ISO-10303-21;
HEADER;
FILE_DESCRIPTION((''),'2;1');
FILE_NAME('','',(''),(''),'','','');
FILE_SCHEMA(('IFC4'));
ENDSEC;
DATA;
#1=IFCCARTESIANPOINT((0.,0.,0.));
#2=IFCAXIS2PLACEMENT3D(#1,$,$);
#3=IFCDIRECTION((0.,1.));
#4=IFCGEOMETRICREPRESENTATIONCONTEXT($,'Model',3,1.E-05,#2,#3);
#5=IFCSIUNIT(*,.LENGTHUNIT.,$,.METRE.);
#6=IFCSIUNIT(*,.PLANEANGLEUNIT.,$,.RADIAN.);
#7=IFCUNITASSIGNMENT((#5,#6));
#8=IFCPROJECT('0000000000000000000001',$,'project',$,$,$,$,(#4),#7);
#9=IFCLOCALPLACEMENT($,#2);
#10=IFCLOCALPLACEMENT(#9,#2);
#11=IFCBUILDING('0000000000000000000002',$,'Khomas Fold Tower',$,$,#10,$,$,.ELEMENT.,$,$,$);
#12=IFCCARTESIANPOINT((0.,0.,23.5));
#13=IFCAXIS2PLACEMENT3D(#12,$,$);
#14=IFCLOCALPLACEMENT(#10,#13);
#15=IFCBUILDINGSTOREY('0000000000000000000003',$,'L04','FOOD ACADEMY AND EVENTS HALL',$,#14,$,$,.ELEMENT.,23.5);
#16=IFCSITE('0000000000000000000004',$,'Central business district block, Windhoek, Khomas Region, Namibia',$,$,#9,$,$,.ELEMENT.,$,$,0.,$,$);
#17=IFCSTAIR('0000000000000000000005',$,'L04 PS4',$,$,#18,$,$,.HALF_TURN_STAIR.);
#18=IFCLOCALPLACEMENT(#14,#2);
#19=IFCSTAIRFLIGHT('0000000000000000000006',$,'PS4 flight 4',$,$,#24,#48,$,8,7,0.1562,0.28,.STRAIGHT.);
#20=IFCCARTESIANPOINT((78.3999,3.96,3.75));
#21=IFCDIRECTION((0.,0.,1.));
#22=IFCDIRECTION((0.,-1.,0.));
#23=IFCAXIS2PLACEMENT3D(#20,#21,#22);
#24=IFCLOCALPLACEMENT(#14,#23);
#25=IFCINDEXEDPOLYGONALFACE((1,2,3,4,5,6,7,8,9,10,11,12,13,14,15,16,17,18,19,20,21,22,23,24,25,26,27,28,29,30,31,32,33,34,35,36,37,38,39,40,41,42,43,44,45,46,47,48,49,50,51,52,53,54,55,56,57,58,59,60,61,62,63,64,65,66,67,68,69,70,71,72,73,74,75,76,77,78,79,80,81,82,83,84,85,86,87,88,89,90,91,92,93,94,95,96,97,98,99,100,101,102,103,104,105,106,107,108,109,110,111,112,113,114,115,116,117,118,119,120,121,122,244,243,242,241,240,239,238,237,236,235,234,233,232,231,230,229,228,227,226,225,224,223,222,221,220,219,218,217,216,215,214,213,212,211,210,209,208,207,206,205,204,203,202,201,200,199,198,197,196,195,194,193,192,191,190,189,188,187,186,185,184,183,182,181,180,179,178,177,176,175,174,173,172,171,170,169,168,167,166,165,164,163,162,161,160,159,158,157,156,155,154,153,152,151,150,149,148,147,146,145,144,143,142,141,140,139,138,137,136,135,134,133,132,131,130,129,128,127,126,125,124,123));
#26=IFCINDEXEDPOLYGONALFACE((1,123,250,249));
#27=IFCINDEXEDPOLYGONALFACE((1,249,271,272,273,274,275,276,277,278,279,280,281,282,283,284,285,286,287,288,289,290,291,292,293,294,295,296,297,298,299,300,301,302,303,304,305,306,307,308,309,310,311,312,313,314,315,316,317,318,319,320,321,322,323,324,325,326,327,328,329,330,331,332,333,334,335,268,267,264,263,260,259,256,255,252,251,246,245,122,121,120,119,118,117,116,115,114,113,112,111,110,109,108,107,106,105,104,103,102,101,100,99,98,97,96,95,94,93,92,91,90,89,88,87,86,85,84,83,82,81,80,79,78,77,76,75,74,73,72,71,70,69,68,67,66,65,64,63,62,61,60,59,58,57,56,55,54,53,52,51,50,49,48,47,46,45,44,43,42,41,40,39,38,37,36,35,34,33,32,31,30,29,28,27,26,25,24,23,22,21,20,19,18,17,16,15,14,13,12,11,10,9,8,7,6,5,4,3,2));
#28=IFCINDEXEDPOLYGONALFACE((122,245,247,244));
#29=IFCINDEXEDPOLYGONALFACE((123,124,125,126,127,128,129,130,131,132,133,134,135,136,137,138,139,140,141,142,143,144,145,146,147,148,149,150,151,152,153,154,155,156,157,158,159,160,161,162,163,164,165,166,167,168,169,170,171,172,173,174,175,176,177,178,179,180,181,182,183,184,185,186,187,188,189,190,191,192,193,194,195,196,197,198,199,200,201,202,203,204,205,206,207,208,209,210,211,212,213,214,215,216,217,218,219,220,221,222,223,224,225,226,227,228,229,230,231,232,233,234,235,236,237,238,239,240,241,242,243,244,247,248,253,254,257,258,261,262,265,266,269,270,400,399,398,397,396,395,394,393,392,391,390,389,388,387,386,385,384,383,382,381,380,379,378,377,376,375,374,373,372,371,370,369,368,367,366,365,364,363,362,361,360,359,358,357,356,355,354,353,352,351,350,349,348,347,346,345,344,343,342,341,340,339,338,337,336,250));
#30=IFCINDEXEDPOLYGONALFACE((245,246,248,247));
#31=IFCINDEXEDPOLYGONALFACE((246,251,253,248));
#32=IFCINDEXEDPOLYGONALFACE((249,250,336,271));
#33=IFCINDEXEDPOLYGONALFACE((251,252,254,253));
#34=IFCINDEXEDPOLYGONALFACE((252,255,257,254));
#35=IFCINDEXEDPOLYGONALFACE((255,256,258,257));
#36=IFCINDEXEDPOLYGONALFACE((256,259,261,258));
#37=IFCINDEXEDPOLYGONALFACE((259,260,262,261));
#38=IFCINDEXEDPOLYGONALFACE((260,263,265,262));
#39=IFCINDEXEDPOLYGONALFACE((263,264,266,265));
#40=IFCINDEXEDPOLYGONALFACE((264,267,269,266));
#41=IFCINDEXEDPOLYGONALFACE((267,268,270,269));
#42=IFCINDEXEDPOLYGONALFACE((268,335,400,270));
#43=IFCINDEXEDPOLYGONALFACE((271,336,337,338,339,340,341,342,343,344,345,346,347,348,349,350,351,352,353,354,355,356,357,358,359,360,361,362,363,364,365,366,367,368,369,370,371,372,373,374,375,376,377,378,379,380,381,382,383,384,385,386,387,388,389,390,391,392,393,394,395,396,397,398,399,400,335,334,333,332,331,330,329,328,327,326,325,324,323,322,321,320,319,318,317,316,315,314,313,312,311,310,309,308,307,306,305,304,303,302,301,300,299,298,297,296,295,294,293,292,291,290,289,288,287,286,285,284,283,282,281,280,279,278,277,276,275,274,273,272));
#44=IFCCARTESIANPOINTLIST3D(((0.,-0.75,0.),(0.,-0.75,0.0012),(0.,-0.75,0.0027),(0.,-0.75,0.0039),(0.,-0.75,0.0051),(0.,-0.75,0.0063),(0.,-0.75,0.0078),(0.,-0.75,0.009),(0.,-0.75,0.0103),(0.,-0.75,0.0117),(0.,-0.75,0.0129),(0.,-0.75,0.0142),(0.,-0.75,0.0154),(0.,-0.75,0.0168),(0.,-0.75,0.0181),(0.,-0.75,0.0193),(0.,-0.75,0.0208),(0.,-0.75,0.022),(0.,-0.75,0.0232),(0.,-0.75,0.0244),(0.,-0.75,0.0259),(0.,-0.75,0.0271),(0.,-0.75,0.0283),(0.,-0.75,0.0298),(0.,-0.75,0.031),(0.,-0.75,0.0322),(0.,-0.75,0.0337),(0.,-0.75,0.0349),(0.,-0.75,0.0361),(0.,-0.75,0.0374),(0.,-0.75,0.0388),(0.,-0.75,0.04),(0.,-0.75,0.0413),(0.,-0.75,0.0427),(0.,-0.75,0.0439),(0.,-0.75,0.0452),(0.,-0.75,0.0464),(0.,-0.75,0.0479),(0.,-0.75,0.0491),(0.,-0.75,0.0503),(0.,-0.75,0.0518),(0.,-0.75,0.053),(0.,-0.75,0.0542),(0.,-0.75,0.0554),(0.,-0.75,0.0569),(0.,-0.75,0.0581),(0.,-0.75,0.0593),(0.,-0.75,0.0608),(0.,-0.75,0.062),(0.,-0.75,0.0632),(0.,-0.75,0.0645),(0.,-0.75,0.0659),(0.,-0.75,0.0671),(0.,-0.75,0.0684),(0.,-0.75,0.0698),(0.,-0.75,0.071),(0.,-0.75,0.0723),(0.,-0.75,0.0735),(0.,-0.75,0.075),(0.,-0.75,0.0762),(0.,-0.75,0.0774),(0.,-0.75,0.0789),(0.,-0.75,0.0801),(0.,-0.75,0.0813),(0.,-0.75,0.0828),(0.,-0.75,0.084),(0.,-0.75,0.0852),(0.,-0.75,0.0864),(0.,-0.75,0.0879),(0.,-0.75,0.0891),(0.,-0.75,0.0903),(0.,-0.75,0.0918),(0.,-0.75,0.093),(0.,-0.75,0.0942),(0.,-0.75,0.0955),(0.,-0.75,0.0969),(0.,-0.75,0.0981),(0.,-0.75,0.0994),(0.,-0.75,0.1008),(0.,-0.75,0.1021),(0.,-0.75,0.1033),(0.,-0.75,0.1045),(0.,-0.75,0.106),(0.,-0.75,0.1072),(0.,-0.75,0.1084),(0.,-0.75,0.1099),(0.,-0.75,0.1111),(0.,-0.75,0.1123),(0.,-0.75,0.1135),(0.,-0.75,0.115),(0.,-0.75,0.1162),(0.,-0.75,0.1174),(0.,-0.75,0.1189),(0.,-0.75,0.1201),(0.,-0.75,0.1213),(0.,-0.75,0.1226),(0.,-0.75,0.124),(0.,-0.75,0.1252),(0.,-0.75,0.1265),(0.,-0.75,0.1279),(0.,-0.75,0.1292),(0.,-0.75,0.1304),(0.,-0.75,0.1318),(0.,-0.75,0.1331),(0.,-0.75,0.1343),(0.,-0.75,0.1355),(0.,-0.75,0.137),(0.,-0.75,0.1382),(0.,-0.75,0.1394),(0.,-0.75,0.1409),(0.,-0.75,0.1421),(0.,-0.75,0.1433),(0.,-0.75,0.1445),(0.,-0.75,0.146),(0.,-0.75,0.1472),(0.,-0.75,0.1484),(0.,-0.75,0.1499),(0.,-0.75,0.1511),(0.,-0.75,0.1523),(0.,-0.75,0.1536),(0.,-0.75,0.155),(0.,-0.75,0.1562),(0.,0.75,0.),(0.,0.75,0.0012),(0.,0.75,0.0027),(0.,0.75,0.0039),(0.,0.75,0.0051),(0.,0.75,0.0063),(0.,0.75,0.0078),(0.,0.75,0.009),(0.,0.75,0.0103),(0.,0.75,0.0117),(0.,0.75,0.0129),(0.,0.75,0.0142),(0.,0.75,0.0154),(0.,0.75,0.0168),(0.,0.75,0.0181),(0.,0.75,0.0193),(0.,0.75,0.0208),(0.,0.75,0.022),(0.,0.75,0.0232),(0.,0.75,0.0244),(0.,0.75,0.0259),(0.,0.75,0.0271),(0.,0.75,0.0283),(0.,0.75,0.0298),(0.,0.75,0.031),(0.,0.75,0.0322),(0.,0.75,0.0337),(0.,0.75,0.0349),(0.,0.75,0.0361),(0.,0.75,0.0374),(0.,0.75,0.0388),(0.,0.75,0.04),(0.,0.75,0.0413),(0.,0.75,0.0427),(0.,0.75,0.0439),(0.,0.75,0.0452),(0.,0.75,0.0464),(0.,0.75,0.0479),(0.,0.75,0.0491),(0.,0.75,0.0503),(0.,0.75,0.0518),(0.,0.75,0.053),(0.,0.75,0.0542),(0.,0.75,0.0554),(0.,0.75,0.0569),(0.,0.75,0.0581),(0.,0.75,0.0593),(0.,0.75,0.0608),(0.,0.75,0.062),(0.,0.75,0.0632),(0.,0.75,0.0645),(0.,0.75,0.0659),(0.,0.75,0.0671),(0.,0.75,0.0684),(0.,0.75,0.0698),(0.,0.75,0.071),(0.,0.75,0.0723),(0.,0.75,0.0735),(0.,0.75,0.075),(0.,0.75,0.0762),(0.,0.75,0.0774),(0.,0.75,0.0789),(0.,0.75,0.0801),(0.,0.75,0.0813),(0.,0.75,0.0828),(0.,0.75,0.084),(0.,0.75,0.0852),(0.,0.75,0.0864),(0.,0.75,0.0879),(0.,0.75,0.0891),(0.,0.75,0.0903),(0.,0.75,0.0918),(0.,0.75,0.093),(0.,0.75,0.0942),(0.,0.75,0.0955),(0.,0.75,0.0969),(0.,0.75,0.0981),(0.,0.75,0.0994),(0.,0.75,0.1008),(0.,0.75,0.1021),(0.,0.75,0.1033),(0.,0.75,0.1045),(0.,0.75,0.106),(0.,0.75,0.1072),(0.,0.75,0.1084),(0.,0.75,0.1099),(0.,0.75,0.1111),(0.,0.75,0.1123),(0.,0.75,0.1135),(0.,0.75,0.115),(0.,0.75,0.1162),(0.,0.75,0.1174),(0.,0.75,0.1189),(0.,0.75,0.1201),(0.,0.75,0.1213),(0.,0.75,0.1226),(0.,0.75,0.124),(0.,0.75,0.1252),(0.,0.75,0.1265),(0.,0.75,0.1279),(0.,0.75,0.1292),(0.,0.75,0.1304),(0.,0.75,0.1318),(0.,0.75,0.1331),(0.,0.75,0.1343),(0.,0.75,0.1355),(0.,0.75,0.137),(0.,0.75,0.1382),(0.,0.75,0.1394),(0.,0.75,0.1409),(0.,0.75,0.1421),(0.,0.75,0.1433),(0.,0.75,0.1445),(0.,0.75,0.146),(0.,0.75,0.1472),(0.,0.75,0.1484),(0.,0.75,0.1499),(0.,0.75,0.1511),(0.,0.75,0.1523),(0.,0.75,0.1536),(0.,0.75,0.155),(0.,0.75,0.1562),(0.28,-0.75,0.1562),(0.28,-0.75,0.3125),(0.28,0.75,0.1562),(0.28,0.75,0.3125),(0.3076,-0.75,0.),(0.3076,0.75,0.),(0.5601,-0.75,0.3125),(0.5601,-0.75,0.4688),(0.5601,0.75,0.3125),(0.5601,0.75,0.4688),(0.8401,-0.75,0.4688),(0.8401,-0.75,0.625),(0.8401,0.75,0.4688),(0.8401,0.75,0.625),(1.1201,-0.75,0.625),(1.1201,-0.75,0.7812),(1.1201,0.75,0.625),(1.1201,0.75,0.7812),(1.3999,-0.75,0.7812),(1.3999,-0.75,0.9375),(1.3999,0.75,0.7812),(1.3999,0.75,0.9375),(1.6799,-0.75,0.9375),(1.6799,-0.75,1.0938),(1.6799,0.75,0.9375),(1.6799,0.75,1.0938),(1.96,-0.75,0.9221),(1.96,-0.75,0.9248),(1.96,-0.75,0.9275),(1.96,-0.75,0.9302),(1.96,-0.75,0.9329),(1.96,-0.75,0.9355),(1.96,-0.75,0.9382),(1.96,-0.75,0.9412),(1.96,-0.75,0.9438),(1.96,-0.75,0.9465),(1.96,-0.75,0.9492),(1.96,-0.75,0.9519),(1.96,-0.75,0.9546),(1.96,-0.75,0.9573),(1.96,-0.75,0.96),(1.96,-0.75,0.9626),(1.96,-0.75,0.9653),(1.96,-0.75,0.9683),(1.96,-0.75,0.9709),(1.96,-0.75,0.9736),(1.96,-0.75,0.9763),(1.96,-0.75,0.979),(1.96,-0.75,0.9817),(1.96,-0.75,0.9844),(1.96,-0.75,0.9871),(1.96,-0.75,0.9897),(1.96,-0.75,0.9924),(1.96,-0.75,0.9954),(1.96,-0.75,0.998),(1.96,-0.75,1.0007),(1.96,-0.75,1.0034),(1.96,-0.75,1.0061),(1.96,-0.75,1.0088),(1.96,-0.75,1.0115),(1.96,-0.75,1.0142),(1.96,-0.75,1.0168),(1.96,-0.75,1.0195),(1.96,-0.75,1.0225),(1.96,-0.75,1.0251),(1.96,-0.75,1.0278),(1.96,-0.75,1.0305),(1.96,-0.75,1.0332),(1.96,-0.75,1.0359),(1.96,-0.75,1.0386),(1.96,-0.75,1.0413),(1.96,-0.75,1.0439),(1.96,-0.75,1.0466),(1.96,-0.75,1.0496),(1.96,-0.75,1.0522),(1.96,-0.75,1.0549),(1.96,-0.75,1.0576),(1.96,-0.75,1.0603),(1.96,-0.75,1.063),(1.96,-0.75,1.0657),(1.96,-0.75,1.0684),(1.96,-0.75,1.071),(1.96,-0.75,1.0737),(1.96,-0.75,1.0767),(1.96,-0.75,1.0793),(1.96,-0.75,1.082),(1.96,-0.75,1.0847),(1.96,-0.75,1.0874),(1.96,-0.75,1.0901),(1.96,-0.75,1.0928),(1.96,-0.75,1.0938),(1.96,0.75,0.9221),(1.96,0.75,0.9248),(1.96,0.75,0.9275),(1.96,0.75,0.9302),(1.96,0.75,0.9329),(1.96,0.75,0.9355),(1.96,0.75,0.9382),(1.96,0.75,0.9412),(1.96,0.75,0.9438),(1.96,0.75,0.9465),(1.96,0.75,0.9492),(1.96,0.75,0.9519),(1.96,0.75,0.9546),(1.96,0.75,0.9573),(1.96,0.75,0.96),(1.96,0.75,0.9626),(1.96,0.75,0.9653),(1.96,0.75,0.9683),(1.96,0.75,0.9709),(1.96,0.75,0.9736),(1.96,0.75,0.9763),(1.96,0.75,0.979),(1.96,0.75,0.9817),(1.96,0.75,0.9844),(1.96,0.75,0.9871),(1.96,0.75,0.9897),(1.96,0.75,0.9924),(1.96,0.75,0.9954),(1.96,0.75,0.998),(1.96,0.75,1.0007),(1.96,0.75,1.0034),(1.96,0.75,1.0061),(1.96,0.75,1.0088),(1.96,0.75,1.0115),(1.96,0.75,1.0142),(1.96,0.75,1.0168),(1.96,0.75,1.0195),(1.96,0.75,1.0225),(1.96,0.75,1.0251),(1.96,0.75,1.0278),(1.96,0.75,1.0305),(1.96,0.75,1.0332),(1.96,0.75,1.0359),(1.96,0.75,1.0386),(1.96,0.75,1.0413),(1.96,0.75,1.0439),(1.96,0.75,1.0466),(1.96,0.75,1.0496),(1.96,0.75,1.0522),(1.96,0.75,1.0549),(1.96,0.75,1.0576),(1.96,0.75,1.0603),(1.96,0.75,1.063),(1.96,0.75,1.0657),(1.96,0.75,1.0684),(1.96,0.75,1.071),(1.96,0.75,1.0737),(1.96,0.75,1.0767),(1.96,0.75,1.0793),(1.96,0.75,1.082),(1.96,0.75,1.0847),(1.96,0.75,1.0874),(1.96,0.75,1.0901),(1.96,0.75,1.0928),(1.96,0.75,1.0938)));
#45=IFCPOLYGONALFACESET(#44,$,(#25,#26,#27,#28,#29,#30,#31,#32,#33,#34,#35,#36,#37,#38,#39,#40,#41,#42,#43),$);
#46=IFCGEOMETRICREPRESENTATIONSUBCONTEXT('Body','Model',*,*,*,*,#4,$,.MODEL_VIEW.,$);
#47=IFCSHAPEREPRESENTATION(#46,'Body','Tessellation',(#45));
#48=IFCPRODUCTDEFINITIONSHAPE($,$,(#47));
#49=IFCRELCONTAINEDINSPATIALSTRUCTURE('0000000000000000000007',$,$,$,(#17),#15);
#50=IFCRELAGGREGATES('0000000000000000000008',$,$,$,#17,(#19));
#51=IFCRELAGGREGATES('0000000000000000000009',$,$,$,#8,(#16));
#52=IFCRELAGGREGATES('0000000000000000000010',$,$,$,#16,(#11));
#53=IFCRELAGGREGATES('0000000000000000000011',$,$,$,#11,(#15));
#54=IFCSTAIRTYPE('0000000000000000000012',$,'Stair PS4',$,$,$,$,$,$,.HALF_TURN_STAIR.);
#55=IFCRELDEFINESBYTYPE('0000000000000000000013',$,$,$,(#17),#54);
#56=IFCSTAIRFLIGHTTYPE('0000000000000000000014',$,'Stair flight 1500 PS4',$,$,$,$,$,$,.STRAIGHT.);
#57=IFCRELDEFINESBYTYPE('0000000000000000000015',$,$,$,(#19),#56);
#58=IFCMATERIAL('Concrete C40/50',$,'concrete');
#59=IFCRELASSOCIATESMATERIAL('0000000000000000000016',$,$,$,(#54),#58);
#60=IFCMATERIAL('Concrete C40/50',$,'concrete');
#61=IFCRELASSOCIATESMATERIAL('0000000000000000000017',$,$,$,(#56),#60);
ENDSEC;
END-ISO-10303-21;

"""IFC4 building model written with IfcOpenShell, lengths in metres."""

from ifc_helpers import new_model, si_unit, direction, frame, origin, place, context, subcontext, project, spatial, polyline, outline, extrude, source, transform, mapped, material, type_object, element, aggregate, save


model = new_model("IFC4")

# Units and contexts
model_context = context("Model", 3, precision=1e-05, world=origin(), true_north=direction((0.0, 1.0)))
body_context = subcontext(model_context, "Body", "Model", "MODEL_VIEW")
ifc_project = project(units=[si_unit("LENGTHUNIT", "METRE"), si_unit("PLANEANGLEUNIT", "RADIAN")], contexts=[model_context])

# Site, building, storey
site_placement = place(None, origin())
site = spatial("IfcSite", under=ifc_project, at=site_placement, Name="Central business district block, Windhoek, Khomas Region, Namibia", CompositionType="ELEMENT", RefElevation=0.0)
building_placement = place(site_placement, origin())
building = spatial("IfcBuilding", under=site, at=building_placement, Name="Khomas Fold Tower", CompositionType="ELEMENT")
storey_placement = place(building_placement, frame((0.0, 0.0, 23.5)))
storey = spatial("IfcBuildingStorey", under=building, at=storey_placement, Name="L04", Description="FOOD ACADEMY AND EVENTS HALL", CompositionType="ELEMENT", Elevation=23.5)

# Stair, stair flight
ifc_material_1 = material(Name="Concrete C40/50", Category="concrete")
stair_type = type_object("IfcStairType", Name="Stair PS4", PredefinedType="HALF_TURN_STAIR", material=ifc_material_1)
stair_placement = place(storey_placement, origin())
stair = element("IfcStair", 1, at=stair_placement, inside=storey, type_object=stair_type, Name="L04 PS4", PredefinedType="HALF_TURN_STAIR")
ifc_material_2 = material(Name="Concrete C40/50", Category="concrete")
stair_flight_type = type_object("IfcStairFlightType", Name="Stair flight 1500 PS4", PredefinedType="STRAIGHT", material=ifc_material_2)
shared_shape_1 = source(origin(), body_context, "Body", "SweptSolid", [
    extrude(outline(polyline([(0.0, 0.0), (0.0, 0.0012), (0.0, 0.0027), (0.0, 0.0039), (0.0, 0.0051), (0.0, 0.0063), (0.0, 0.0078), (0.0, 0.009), (0.0, 0.0103), (0.0, 0.0117), (0.0, 0.0129), (0.0, 0.0142), (0.0, 0.0154), (0.0, 0.0168), (0.0, 0.0181), (0.0, 0.0193), (0.0, 0.0208), (0.0, 0.022), (0.0, 0.0232), (0.0, 0.0244), (0.0, 0.0259), (0.0, 0.0271), (0.0, 0.0283), (0.0, 0.0298), (0.0, 0.031), (0.0, 0.0322), (0.0, 0.0337), (0.0, 0.0349), (0.0, 0.0361), (0.0, 0.0374), (0.0, 0.0388), (0.0, 0.04), (0.0, 0.0413), (0.0, 0.0427), (0.0, 0.0439), (0.0, 0.0452), (0.0, 0.0464), (0.0, 0.0479), (0.0, 0.0491), (0.0, 0.0503), (0.0, 0.0518), (0.0, 0.053), (0.0, 0.0542), (0.0, 0.0554), (0.0, 0.0569), (0.0, 0.0581), (0.0, 0.0593), (0.0, 0.0608), (0.0, 0.062), (0.0, 0.0632), (0.0, 0.0645), (0.0, 0.0659), (0.0, 0.0671), (0.0, 0.0684), (0.0, 0.0698), (0.0, 0.071), (0.0, 0.0723), (0.0, 0.0735), (0.0, 0.075), (0.0, 0.0762), (0.0, 0.0774), (0.0, 0.0789), (0.0, 0.0801), (0.0, 0.0813), (0.0, 0.0828), (0.0, 0.084), (0.0, 0.0852), (0.0, 0.0864), (0.0, 0.0879), (0.0, 0.0891), (0.0, 0.0903), (0.0, 0.0918), (0.0, 0.093), (0.0, 0.0942), (0.0, 0.0955), (0.0, 0.0969), (0.0, 0.0981), (0.0, 0.0994), (0.0, 0.1008), (0.0, 0.1021), (0.0, 0.1033), (0.0, 0.1045), (0.0, 0.106), (0.0, 0.1072), (0.0, 0.1084), (0.0, 0.1099), (0.0, 0.1111), (0.0, 0.1123), (0.0, 0.1135), (0.0, 0.115), (0.0, 0.1162), (0.0, 0.1174), (0.0, 0.1189), (0.0, 0.1201), (0.0, 0.1213), (0.0, 0.1226), (0.0, 0.124), (0.0, 0.1252), (0.0, 0.1265), (0.0, 0.1279), (0.0, 0.1292), (0.0, 0.1304), (0.0, 0.1318), (0.0, 0.1331), (0.0, 0.1343), (0.0, 0.1355), (0.0, 0.137), (0.0, 0.1382), (0.0, 0.1394), (0.0, 0.1409), (0.0, 0.1421), (0.0, 0.1433), (0.0, 0.1445), (0.0, 0.146), (0.0, 0.1472), (0.0, 0.1484), (0.0, 0.1499), (0.0, 0.1511), (0.0, 0.1523), (0.0, 0.1536), (0.0, 0.155), (0.0, 0.1562), (0.28, 0.1562), (0.28, 0.3125), (0.5601, 0.3125), (0.5601, 0.4688), (0.8401, 0.4688), (0.8401, 0.625), (1.1201, 0.625), (1.1201, 0.7812), (1.3999, 0.7812), (1.3999, 0.9375), (1.6799, 0.9375), (1.6799, 1.0938), (1.96, 1.0938), (1.96, 1.25), (1.96, 1.2473), (1.96, 1.2446), (1.96, 1.2419), (1.96, 1.2393), (1.96, 1.2363), (1.96, 1.2336), (1.96, 1.231), (1.96, 1.2283), (1.96, 1.2256), (1.96, 1.2229), (1.96, 1.2202), (1.96, 1.2175), (1.96, 1.2148), (1.96, 1.2122), (1.96, 1.2092), (1.96, 1.2065), (1.96, 1.2039), (1.96, 1.2012), (1.96, 1.1985), (1.96, 1.1958), (1.96, 1.1931), (1.96, 1.1904), (1.96, 1.1877), (1.96, 1.1851), (1.96, 1.1821), (1.96, 1.1794), (1.96, 1.1768), (1.96, 1.1741), (1.96, 1.1714), (1.96, 1.1687), (1.96, 1.166), (1.96, 1.1633), (1.96, 1.1606), (1.96, 1.158), (1.96, 1.155), (1.96, 1.1523), (1.96, 1.1497), (1.96, 1.147), (1.96, 1.1443), (1.96, 1.1416), (1.96, 1.1389), (1.96, 1.1362), (1.96, 1.1335), (1.96, 1.1309), (1.96, 1.1279), (1.96, 1.1252), (1.96, 1.1226), (1.96, 1.1199), (1.96, 1.1172), (1.96, 1.1145), (1.96, 1.1118), (1.96, 1.1091), (1.96, 1.1064), (1.96, 1.1038), (1.96, 1.1008), (1.96, 1.0981), (1.96, 1.0955), (1.96, 1.0928), (1.96, 1.0901), (1.96, 1.0874), (1.96, 1.0847), (1.96, 1.082), (1.96, 1.0793), (1.96, 1.0767), (1.96, 1.0737), (1.96, 1.071), (1.96, 1.0684), (1.96, 1.0657), (1.96, 1.063), (1.96, 1.0603), (1.96, 1.0576), (1.96, 1.0549), (1.96, 1.0522), (1.96, 1.0496), (1.96, 1.0466), (1.96, 1.0439), (1.96, 1.0413), (1.96, 1.0386), (1.96, 1.0359), (1.96, 1.0332), (1.96, 1.0305), (1.96, 1.0278), (1.96, 1.0251), (1.96, 1.0225), (1.96, 1.0195), (1.96, 1.0168), (1.96, 1.0142), (1.96, 1.0115), (1.96, 1.0088), (1.96, 1.0061), (1.96, 1.0034), (1.96, 1.0007), (1.96, 0.998), (1.96, 0.9954), (1.96, 0.9924), (1.96, 0.9897), (1.96, 0.9871), (1.96, 0.9844), (1.96, 0.9817), (1.96, 0.979), (1.96, 0.9763), (1.96, 0.9736), (1.96, 0.9709), (1.96, 0.9683), (1.96, 0.9653), (1.96, 0.9626), (1.96, 0.96), (1.96, 0.9573), (1.96, 0.9546), (1.96, 0.9519), (1.96, 0.9492), (1.96, 0.9465), (1.96, 0.9438), (1.96, 0.9412), (1.96, 0.9382), (1.96, 0.9355), (1.96, 0.9329), (1.96, 0.9302), (1.96, 0.9275), (1.96, 0.9248), (1.96, 0.9221), (0.3076, 0.0), (0.0, 0.0)])), frame((0.0, 0.75, 0.0), z_axis=(0.0, -1.0, 0.0), x_axis=(1.0, 0.0, 0.0)), (0.0, 0.0, 1.0), 1.5),
])
stair_flight_1_placement = place(storey_placement, frame((78.3999, 3.96, 3.75), z_axis=(0.0, 0.0, 1.0), x_axis=(0.0, -1.0, 0.0)))
stair_flight_1 = element("IfcStairFlight", 2, at=stair_flight_1_placement, type_object=stair_flight_type, Name="PS4 flight 4", NumberOfRisers=8, NumberOfTreads=7, PredefinedType="STRAIGHT", RiserHeight=0.1562, TreadLength=0.28, context=body_context, shape_type="MappedRepresentation", body=[
    mapped(shared_shape_1, transform((0.0, 0.0, 0.0))),
])
aggregate(stair, [stair_flight_1])

save(model, "model.ifc")
